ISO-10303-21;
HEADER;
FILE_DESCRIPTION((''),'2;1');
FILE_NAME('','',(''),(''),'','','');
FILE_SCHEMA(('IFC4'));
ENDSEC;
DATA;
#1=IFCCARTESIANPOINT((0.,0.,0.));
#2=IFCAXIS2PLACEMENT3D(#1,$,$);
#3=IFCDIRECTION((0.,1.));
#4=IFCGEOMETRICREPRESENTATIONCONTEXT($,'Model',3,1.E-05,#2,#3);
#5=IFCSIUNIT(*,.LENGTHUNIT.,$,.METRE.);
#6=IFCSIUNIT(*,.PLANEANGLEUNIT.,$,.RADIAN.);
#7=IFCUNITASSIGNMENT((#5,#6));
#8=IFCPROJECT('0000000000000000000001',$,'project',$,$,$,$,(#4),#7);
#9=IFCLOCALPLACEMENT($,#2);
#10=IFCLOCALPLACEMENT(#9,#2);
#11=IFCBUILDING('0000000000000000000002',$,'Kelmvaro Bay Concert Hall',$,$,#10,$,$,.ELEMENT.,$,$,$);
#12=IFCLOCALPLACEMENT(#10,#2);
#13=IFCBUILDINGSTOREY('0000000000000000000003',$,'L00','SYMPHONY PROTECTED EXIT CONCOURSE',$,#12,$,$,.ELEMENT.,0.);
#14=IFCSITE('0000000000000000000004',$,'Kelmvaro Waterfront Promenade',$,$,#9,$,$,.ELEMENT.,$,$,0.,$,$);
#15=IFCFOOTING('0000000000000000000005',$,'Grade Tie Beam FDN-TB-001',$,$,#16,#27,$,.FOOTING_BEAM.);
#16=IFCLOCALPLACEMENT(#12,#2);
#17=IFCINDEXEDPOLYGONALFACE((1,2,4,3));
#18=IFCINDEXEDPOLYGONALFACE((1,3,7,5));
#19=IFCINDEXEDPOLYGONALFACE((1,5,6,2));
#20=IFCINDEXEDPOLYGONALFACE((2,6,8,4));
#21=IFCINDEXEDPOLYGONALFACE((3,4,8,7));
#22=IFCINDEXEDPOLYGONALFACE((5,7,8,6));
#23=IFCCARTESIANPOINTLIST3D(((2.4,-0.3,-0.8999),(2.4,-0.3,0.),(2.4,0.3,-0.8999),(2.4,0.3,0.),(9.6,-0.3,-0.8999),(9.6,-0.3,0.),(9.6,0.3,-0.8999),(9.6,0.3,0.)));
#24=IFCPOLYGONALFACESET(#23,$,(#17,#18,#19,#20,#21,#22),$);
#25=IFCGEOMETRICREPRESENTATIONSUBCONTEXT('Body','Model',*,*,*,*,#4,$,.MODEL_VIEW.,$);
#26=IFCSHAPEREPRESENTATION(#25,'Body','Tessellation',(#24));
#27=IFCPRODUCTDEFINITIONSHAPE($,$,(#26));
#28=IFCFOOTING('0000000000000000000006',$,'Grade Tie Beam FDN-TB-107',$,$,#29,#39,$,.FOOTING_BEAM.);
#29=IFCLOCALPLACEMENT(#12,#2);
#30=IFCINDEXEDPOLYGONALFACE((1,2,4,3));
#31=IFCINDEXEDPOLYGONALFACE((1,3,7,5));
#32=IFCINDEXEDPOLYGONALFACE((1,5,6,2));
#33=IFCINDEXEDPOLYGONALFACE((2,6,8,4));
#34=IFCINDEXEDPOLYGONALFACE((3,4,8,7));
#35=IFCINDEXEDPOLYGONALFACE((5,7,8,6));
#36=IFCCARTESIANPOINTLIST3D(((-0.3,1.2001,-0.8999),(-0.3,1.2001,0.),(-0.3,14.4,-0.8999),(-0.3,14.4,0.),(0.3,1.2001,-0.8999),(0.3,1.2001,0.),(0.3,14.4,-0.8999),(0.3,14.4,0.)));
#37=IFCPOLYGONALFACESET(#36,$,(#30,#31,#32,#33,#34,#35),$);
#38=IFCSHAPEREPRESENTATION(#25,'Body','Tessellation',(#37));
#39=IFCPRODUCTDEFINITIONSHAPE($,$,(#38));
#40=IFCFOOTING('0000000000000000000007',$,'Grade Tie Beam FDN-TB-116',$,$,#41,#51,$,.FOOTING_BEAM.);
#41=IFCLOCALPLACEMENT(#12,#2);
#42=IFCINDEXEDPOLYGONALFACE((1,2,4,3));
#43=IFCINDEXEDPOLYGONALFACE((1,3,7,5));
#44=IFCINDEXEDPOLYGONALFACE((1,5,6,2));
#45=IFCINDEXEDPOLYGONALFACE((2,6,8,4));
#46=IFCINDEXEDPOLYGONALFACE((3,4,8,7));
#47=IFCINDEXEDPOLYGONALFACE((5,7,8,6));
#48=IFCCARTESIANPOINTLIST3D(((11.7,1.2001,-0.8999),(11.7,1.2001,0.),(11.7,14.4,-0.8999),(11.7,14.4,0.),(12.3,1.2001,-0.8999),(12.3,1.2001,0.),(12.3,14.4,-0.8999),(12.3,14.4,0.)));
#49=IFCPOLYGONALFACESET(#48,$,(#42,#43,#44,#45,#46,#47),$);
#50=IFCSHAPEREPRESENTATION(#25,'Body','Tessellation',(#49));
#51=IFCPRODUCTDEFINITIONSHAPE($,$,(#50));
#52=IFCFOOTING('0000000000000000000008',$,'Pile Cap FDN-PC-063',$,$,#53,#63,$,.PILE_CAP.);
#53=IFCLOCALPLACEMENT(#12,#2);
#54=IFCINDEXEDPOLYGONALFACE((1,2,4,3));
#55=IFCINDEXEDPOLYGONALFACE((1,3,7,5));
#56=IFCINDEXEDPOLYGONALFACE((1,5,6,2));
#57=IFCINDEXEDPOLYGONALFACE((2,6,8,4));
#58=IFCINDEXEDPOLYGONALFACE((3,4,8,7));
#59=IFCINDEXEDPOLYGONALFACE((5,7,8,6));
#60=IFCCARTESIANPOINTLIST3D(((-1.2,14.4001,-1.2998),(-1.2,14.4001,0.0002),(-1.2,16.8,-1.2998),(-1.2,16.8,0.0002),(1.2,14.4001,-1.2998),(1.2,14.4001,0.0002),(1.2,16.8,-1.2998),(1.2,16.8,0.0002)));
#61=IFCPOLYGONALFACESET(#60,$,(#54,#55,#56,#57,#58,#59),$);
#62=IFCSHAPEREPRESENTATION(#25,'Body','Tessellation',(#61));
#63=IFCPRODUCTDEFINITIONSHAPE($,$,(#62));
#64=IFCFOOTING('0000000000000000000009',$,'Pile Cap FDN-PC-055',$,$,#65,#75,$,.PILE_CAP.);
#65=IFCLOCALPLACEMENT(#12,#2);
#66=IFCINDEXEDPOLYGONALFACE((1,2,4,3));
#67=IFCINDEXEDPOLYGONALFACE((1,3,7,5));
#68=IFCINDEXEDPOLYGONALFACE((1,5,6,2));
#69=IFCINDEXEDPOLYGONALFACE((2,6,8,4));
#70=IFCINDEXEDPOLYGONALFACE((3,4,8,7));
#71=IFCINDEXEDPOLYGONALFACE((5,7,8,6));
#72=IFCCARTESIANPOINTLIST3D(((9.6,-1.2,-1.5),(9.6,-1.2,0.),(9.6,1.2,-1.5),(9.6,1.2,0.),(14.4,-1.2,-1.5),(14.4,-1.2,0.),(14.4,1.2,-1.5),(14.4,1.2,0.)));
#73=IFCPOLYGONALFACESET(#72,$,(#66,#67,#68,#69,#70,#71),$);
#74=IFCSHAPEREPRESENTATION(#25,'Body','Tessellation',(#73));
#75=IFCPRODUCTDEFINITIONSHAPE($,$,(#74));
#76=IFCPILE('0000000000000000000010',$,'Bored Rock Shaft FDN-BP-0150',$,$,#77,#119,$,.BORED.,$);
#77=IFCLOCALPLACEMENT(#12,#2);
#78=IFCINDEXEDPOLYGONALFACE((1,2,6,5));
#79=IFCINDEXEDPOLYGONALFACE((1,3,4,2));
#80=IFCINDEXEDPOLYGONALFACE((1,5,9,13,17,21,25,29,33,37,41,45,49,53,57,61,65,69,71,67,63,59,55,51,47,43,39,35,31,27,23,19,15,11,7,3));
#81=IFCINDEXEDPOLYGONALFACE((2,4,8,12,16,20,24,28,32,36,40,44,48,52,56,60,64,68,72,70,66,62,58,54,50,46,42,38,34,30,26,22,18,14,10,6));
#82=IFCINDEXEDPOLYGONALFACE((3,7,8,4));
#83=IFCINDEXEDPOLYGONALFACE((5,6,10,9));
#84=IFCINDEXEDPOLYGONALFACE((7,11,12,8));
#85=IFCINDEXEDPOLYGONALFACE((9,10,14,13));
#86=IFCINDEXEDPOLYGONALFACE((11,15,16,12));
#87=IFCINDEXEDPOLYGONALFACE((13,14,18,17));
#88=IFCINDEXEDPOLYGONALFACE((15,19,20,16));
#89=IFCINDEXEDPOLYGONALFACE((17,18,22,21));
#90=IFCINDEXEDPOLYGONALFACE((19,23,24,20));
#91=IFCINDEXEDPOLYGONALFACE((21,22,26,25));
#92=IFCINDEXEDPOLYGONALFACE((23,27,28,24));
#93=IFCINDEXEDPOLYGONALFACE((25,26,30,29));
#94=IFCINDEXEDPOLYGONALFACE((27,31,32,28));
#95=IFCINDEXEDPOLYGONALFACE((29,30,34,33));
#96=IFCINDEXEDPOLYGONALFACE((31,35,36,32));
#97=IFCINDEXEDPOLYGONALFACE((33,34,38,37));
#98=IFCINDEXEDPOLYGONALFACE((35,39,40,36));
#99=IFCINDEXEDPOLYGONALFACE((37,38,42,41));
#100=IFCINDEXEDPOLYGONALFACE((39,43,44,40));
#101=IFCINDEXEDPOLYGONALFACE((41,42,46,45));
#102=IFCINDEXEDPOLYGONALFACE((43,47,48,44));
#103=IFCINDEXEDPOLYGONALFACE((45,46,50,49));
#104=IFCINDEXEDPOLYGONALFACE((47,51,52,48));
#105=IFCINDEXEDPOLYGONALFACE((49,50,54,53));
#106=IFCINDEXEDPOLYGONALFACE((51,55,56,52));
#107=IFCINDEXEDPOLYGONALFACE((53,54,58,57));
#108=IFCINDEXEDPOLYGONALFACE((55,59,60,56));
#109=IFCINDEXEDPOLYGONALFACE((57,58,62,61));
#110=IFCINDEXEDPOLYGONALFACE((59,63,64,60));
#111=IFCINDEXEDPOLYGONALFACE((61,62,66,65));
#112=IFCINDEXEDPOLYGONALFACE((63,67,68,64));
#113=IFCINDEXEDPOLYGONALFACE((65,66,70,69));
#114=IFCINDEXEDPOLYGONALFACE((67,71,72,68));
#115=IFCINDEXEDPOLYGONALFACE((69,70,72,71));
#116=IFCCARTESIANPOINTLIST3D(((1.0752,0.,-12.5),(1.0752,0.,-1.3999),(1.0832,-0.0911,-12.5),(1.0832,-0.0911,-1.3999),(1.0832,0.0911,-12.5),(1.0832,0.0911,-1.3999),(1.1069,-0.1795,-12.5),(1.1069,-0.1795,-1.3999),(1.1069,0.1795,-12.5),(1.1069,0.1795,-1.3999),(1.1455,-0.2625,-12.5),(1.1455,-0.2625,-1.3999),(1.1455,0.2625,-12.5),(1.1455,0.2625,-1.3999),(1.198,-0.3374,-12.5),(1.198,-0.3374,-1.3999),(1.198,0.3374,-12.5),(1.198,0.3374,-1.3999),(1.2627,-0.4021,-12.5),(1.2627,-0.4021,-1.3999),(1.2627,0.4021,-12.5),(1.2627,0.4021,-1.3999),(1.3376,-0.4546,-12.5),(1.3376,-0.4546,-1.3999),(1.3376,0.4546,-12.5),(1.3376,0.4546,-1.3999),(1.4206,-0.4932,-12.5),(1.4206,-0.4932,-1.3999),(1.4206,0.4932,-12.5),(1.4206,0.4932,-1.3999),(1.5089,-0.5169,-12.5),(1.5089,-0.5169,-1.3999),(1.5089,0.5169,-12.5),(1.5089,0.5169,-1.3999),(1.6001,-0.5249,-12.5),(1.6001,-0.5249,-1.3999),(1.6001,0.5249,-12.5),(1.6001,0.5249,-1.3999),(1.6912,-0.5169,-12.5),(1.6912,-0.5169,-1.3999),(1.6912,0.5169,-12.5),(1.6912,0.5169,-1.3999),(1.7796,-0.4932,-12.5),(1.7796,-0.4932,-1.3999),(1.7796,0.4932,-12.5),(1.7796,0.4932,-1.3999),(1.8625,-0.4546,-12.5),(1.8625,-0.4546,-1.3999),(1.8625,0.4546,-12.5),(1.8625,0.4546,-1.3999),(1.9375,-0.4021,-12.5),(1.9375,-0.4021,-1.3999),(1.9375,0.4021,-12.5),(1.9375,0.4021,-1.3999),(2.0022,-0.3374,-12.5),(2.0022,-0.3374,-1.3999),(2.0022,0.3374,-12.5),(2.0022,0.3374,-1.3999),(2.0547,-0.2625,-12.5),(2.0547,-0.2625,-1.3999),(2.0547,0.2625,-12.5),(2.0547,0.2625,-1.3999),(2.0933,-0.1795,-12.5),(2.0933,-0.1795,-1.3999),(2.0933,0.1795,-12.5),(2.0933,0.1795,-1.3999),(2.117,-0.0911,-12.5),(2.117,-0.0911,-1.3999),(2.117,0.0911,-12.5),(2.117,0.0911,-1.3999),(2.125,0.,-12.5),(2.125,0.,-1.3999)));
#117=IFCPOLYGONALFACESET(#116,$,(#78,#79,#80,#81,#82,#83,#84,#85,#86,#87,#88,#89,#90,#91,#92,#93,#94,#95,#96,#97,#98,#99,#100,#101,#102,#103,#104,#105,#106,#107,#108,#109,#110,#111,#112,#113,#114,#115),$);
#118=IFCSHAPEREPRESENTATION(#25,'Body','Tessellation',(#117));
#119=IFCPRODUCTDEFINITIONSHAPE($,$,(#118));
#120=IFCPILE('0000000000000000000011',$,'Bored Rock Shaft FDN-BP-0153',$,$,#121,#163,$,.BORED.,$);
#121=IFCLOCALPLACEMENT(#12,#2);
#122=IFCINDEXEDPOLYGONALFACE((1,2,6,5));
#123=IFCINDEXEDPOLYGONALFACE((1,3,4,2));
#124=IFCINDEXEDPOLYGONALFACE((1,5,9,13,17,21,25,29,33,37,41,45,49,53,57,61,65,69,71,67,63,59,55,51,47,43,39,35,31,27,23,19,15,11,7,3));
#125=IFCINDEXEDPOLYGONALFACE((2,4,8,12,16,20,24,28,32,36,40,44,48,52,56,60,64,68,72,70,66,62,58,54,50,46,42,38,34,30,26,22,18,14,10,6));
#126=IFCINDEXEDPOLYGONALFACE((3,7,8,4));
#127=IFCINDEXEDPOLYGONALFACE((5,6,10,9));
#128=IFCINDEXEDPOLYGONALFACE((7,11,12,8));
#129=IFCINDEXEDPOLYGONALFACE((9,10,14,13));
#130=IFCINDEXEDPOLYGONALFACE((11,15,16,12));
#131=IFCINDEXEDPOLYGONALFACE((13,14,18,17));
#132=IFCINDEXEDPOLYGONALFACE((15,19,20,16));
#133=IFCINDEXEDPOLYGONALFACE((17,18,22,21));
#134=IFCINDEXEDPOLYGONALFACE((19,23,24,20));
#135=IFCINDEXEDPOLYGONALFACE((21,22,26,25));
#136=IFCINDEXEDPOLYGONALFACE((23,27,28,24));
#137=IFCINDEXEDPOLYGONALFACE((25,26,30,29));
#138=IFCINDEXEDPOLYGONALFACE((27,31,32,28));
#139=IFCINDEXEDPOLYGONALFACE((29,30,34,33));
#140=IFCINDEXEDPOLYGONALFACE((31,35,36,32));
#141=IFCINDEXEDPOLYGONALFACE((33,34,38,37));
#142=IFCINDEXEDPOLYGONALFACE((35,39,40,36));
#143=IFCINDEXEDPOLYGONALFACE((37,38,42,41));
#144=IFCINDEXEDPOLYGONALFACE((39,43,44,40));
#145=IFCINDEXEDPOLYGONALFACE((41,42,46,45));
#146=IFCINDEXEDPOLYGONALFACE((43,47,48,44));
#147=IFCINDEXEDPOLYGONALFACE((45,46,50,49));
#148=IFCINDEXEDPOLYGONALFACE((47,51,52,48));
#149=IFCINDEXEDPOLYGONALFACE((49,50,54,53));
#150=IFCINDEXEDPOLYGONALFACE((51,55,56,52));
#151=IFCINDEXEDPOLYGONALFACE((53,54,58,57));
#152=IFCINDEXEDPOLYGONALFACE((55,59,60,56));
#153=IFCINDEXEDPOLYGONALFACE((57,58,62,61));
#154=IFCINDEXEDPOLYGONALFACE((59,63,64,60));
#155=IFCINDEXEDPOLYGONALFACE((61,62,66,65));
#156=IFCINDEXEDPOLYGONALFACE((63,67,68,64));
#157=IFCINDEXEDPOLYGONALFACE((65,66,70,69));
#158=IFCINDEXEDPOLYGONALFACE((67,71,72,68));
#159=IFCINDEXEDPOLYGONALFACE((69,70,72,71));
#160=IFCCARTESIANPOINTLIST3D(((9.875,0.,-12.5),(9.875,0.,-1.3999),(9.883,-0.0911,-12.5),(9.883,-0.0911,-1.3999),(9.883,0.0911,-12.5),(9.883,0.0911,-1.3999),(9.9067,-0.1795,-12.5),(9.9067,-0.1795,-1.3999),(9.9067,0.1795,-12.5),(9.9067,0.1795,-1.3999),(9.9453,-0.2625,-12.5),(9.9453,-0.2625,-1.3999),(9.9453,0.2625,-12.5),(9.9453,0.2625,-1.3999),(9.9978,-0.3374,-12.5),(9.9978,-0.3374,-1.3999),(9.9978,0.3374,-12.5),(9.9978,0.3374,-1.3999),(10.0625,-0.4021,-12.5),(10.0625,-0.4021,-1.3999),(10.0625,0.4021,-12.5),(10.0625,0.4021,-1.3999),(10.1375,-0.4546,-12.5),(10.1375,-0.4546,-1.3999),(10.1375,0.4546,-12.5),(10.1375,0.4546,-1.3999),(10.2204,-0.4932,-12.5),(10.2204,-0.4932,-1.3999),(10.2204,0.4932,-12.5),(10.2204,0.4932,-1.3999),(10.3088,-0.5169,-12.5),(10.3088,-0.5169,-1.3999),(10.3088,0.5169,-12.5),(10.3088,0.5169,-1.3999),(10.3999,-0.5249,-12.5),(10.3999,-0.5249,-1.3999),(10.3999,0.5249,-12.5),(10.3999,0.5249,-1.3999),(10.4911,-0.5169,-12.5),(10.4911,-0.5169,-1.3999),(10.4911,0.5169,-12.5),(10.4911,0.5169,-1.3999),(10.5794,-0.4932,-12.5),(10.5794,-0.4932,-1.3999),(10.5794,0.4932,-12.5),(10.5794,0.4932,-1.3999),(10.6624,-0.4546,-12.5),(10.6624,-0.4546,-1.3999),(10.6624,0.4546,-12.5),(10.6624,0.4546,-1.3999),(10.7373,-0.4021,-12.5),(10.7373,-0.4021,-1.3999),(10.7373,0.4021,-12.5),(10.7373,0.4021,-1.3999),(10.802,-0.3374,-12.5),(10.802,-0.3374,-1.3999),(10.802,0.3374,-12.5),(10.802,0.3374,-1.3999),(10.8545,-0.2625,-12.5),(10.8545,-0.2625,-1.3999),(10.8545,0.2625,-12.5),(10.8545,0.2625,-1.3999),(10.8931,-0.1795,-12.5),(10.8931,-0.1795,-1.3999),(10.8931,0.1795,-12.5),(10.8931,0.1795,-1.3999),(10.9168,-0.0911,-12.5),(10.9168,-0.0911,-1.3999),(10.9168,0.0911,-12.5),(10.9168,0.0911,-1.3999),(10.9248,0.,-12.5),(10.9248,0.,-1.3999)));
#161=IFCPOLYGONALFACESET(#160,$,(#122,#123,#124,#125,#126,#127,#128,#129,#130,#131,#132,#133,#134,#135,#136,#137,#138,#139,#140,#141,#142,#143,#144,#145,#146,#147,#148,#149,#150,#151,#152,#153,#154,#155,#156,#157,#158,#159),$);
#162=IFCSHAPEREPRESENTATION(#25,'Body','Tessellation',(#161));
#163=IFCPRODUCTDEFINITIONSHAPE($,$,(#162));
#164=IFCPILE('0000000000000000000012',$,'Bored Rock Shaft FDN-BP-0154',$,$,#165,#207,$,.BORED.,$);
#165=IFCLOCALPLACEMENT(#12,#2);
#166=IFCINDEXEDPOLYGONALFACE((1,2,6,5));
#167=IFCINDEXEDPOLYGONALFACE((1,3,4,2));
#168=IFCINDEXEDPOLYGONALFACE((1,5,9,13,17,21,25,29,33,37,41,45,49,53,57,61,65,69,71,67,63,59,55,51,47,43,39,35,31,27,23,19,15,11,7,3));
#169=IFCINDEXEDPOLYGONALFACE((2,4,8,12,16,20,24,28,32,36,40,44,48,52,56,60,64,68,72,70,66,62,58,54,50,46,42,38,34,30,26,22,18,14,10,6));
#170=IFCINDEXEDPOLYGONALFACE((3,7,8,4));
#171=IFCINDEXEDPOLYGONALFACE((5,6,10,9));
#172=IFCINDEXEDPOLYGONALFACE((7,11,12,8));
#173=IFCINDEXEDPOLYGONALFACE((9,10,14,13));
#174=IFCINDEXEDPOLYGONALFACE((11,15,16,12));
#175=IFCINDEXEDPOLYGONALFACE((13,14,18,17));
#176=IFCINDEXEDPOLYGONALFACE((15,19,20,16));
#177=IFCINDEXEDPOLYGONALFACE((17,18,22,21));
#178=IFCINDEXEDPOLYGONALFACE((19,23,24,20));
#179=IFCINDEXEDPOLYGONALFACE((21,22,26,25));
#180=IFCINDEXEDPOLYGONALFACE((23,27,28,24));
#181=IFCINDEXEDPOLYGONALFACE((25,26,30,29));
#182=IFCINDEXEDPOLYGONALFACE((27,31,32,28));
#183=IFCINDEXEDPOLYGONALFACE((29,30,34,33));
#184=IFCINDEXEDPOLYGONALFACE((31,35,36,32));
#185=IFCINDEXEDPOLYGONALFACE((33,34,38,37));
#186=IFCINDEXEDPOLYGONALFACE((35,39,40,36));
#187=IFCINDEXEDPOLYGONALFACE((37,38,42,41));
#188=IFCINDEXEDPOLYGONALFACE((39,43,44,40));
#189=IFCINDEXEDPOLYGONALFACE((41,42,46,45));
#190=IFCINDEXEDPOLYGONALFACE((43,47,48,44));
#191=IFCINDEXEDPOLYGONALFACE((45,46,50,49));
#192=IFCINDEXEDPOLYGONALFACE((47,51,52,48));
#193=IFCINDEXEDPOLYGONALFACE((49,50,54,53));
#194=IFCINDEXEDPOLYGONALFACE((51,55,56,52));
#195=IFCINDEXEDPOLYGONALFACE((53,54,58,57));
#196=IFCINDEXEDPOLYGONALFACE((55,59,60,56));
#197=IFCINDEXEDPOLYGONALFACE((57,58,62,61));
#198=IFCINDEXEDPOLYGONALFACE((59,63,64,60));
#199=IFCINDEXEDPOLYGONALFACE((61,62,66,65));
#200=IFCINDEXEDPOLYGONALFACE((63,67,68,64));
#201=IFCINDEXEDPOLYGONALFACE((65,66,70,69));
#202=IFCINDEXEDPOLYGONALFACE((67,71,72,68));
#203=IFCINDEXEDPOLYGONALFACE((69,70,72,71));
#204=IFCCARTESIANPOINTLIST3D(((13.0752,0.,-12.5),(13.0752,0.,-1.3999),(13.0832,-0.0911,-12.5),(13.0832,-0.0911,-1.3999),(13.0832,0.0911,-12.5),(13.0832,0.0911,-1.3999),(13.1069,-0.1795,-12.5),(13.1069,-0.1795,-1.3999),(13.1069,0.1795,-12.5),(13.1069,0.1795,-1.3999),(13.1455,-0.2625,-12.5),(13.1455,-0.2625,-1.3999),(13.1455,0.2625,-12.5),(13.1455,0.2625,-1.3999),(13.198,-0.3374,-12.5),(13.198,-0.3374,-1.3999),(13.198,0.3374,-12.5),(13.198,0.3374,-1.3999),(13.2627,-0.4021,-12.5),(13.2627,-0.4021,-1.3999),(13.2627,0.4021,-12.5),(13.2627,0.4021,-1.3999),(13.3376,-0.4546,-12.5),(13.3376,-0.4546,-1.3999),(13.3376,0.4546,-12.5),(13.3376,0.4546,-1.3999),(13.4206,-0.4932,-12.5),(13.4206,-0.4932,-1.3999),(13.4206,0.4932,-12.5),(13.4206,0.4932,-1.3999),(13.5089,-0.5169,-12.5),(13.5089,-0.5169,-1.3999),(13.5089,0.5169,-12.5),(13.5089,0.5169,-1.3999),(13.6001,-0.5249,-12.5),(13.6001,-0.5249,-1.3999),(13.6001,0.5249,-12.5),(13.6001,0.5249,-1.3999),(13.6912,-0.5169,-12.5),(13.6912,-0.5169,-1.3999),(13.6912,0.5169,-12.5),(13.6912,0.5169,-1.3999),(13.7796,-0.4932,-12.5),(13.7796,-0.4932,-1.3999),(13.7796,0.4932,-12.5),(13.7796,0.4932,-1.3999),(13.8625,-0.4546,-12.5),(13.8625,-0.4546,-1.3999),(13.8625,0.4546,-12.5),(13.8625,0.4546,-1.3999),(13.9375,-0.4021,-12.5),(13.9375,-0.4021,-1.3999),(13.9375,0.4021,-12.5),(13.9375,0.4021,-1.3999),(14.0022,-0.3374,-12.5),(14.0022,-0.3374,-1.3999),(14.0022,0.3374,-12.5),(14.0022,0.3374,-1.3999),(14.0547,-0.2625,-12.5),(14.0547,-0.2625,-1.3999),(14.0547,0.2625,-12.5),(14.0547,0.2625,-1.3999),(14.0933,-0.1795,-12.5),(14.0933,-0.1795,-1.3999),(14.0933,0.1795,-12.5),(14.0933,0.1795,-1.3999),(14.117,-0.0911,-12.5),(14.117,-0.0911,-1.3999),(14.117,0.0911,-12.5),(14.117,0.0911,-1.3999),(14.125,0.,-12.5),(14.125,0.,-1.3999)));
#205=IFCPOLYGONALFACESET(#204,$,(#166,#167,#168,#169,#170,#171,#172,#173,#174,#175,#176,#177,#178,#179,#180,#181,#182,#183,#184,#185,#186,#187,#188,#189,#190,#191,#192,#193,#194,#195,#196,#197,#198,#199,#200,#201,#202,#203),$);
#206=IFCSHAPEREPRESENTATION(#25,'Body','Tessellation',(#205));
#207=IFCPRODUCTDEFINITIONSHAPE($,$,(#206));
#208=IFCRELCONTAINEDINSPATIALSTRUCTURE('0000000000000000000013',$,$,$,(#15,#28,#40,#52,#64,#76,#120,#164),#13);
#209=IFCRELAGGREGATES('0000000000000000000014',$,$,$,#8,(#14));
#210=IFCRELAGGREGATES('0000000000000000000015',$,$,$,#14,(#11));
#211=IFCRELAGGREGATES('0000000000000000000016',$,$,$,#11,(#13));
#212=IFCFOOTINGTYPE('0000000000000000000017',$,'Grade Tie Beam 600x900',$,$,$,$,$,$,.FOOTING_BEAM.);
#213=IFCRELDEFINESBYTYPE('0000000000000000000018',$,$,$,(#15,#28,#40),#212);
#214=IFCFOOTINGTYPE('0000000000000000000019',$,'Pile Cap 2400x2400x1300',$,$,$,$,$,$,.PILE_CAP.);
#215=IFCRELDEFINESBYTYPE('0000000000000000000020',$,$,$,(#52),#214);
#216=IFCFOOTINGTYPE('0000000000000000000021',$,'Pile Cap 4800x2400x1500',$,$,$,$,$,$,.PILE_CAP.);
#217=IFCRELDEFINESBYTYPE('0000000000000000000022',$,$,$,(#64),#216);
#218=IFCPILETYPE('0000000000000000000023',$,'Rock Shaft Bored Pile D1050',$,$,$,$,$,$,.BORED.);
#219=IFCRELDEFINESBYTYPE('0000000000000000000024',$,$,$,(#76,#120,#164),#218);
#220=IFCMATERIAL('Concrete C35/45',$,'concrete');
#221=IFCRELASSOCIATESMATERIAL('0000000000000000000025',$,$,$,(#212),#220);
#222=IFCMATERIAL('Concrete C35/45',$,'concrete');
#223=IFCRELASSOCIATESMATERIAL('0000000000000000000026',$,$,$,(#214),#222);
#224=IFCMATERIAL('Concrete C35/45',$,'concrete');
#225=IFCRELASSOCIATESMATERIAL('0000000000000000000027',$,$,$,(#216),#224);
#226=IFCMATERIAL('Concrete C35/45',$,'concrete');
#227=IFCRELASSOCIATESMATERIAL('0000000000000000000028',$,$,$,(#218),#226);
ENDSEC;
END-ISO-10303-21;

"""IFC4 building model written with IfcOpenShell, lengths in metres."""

from ifc_helpers import new_model, si_unit, direction, frame, origin, origin_2d, place, context, subcontext, project, spatial, rectangle, circle, extrude, material, material_profile, profile_set, type_object, element, save


model = new_model("IFC4")

# Units and contexts
model_context = context("Model", 3, precision=1e-05, world=origin(), true_north=direction((0.0, 1.0)))
body_context = subcontext(model_context, "Body", "Model", "MODEL_VIEW")
ifc_project = project(units=[si_unit("LENGTHUNIT", "METRE"), si_unit("PLANEANGLEUNIT", "RADIAN")], contexts=[model_context])

# Site, building, storey
site_placement = place(None, origin())
site = spatial("IfcSite", under=ifc_project, at=site_placement, Name="Kelmvaro Waterfront Promenade", CompositionType="ELEMENT", RefElevation=0.0)
building_placement = place(site_placement, origin())
building = spatial("IfcBuilding", under=site, at=building_placement, Name="Kelmvaro Bay Concert Hall", CompositionType="ELEMENT")
storey_placement = place(building_placement, origin())
storey = spatial("IfcBuildingStorey", under=building, at=storey_placement, Name="L00", Description="SYMPHONY PROTECTED EXIT CONCOURSE", CompositionType="ELEMENT", Elevation=0.0)

# Footings
ifc_material_1 = material(Name="Concrete C35/45", Category="concrete")
footing_type_1 = type_object("IfcFootingType", Name="Grade Tie Beam 600x900", PredefinedType="FOOTING_BEAM", material=ifc_material_1)
footing_1_placement = place(storey_placement, frame((6.0, 0.0, -0.8999), z_axis=(0.0, 0.0, 1.0), x_axis=(1.0, 0.0, 0.0)))
element("IfcFooting", 1, at=footing_1_placement, inside=storey, type_object=footing_type_1, Name="Grade Tie Beam FDN-TB-001", PredefinedType="FOOTING_BEAM", context=body_context, shape_type="SweptSolid", body=[
    extrude(rectangle(XDim=7.2, YDim=0.6001, at=origin_2d()), origin(), (0.0, 0.0, 1.0), 0.8999),
])
for number, where, z_axis, x_axis, name in (
    (2, (0.0, 7.8, -0.8999), (0.0, 0.0, 1.0), (0.0, 1.0, 0.0), "Grade Tie Beam FDN-TB-107"),
    (3, (12.0, 7.8, -0.8999), (0.0, 0.0, 1.0), (0.0, 1.0, 0.0), "Grade Tie Beam FDN-TB-116"),
):
    element("IfcFooting", number, at=place(storey_placement, frame(where, z_axis=z_axis, x_axis=x_axis)), inside=storey, type_object=footing_type_1, Name=name, PredefinedType="FOOTING_BEAM", context=body_context, shape_type="SweptSolid", body=[
        extrude(rectangle(XDim=13.2, YDim=0.6001, at=origin_2d()), origin(), (0.0, 0.0, 1.0), 0.8999),
    ])
ifc_material_2 = material(Name="Concrete C35/45", Category="concrete")
footing_type_2 = type_object("IfcFootingType", Name="Pile Cap 2400x2400x1300", PredefinedType="PILE_CAP", material=ifc_material_2)
footing_2_placement = place(storey_placement, frame((0.0, 15.6001, -1.2998), z_axis=(0.0, 0.0, 1.0), x_axis=(1.0, 0.0, 0.0)))
element("IfcFooting", 4, at=footing_2_placement, inside=storey, type_object=footing_type_2, Name="Pile Cap FDN-PC-063", PredefinedType="PILE_CAP", context=body_context, shape_type="SweptSolid", body=[
    extrude(rectangle(XDim=2.3999, YDim=2.3999, at=origin_2d()), origin(), (0.0, 0.0, 1.0), 1.3),
])
ifc_material_3 = material(Name="Concrete C35/45", Category="concrete")
footing_type_3 = type_object("IfcFootingType", Name="Pile Cap 4800x2400x1500", PredefinedType="PILE_CAP", material=ifc_material_3)
footing_3_placement = place(storey_placement, frame((12.0, 0.0, -1.5), z_axis=(0.0, 0.0, 1.0), x_axis=(1.0, 0.0, 0.0)))
element("IfcFooting", 5, at=footing_3_placement, inside=storey, type_object=footing_type_3, Name="Pile Cap FDN-PC-055", PredefinedType="PILE_CAP", context=body_context, shape_type="SweptSolid", body=[
    extrude(rectangle(XDim=4.8, YDim=2.3999, at=origin_2d()), origin(), (0.0, 0.0, 1.0), 1.5),
])

# Piles
ifc_material_4 = material(Name="Concrete C35/45", Category="concrete")
ifc_material_profile_1 = material_profile(ifc_material_4, circle(Radius=0.5249, at=origin_2d()), Name="PILE-BORED-1050")
ifc_profile_set_1 = profile_set([ifc_material_profile_1], Name="Concrete C35/45")
pile_type_1 = type_object("IfcPileType", Name="Rock Shaft Bored Pile D1050", PredefinedType="BORED", material=ifc_profile_set_1)
for number, where, z_axis, x_axis, name in (
    (6, (1.6001, 0.0, -1.3999), (0.0, 0.0, -1.0), (1.0, 0.0, 0.0), "Bored Rock Shaft FDN-BP-0150"),
    (7, (10.3999, 0.0, -1.3999), (0.0, 0.0, -1.0), (1.0, 0.0, 0.0), "Bored Rock Shaft FDN-BP-0153"),
    (8, (13.6001, 0.0, -1.3999), (0.0, 0.0, -1.0), (1.0, 0.0, 0.0), "Bored Rock Shaft FDN-BP-0154"),
):
    element("IfcPile", number, at=place(storey_placement, frame(where, z_axis=z_axis, x_axis=x_axis)), inside=storey, type_object=pile_type_1, Name=name, PredefinedType="BORED", context=body_context, shape_type="SweptSolid", body=[
        extrude(circle(Radius=0.5249, at=origin_2d()), origin(), (0.0, 0.0, 1.0), 11.1001),
    ])

save(model, "model.ifc")
